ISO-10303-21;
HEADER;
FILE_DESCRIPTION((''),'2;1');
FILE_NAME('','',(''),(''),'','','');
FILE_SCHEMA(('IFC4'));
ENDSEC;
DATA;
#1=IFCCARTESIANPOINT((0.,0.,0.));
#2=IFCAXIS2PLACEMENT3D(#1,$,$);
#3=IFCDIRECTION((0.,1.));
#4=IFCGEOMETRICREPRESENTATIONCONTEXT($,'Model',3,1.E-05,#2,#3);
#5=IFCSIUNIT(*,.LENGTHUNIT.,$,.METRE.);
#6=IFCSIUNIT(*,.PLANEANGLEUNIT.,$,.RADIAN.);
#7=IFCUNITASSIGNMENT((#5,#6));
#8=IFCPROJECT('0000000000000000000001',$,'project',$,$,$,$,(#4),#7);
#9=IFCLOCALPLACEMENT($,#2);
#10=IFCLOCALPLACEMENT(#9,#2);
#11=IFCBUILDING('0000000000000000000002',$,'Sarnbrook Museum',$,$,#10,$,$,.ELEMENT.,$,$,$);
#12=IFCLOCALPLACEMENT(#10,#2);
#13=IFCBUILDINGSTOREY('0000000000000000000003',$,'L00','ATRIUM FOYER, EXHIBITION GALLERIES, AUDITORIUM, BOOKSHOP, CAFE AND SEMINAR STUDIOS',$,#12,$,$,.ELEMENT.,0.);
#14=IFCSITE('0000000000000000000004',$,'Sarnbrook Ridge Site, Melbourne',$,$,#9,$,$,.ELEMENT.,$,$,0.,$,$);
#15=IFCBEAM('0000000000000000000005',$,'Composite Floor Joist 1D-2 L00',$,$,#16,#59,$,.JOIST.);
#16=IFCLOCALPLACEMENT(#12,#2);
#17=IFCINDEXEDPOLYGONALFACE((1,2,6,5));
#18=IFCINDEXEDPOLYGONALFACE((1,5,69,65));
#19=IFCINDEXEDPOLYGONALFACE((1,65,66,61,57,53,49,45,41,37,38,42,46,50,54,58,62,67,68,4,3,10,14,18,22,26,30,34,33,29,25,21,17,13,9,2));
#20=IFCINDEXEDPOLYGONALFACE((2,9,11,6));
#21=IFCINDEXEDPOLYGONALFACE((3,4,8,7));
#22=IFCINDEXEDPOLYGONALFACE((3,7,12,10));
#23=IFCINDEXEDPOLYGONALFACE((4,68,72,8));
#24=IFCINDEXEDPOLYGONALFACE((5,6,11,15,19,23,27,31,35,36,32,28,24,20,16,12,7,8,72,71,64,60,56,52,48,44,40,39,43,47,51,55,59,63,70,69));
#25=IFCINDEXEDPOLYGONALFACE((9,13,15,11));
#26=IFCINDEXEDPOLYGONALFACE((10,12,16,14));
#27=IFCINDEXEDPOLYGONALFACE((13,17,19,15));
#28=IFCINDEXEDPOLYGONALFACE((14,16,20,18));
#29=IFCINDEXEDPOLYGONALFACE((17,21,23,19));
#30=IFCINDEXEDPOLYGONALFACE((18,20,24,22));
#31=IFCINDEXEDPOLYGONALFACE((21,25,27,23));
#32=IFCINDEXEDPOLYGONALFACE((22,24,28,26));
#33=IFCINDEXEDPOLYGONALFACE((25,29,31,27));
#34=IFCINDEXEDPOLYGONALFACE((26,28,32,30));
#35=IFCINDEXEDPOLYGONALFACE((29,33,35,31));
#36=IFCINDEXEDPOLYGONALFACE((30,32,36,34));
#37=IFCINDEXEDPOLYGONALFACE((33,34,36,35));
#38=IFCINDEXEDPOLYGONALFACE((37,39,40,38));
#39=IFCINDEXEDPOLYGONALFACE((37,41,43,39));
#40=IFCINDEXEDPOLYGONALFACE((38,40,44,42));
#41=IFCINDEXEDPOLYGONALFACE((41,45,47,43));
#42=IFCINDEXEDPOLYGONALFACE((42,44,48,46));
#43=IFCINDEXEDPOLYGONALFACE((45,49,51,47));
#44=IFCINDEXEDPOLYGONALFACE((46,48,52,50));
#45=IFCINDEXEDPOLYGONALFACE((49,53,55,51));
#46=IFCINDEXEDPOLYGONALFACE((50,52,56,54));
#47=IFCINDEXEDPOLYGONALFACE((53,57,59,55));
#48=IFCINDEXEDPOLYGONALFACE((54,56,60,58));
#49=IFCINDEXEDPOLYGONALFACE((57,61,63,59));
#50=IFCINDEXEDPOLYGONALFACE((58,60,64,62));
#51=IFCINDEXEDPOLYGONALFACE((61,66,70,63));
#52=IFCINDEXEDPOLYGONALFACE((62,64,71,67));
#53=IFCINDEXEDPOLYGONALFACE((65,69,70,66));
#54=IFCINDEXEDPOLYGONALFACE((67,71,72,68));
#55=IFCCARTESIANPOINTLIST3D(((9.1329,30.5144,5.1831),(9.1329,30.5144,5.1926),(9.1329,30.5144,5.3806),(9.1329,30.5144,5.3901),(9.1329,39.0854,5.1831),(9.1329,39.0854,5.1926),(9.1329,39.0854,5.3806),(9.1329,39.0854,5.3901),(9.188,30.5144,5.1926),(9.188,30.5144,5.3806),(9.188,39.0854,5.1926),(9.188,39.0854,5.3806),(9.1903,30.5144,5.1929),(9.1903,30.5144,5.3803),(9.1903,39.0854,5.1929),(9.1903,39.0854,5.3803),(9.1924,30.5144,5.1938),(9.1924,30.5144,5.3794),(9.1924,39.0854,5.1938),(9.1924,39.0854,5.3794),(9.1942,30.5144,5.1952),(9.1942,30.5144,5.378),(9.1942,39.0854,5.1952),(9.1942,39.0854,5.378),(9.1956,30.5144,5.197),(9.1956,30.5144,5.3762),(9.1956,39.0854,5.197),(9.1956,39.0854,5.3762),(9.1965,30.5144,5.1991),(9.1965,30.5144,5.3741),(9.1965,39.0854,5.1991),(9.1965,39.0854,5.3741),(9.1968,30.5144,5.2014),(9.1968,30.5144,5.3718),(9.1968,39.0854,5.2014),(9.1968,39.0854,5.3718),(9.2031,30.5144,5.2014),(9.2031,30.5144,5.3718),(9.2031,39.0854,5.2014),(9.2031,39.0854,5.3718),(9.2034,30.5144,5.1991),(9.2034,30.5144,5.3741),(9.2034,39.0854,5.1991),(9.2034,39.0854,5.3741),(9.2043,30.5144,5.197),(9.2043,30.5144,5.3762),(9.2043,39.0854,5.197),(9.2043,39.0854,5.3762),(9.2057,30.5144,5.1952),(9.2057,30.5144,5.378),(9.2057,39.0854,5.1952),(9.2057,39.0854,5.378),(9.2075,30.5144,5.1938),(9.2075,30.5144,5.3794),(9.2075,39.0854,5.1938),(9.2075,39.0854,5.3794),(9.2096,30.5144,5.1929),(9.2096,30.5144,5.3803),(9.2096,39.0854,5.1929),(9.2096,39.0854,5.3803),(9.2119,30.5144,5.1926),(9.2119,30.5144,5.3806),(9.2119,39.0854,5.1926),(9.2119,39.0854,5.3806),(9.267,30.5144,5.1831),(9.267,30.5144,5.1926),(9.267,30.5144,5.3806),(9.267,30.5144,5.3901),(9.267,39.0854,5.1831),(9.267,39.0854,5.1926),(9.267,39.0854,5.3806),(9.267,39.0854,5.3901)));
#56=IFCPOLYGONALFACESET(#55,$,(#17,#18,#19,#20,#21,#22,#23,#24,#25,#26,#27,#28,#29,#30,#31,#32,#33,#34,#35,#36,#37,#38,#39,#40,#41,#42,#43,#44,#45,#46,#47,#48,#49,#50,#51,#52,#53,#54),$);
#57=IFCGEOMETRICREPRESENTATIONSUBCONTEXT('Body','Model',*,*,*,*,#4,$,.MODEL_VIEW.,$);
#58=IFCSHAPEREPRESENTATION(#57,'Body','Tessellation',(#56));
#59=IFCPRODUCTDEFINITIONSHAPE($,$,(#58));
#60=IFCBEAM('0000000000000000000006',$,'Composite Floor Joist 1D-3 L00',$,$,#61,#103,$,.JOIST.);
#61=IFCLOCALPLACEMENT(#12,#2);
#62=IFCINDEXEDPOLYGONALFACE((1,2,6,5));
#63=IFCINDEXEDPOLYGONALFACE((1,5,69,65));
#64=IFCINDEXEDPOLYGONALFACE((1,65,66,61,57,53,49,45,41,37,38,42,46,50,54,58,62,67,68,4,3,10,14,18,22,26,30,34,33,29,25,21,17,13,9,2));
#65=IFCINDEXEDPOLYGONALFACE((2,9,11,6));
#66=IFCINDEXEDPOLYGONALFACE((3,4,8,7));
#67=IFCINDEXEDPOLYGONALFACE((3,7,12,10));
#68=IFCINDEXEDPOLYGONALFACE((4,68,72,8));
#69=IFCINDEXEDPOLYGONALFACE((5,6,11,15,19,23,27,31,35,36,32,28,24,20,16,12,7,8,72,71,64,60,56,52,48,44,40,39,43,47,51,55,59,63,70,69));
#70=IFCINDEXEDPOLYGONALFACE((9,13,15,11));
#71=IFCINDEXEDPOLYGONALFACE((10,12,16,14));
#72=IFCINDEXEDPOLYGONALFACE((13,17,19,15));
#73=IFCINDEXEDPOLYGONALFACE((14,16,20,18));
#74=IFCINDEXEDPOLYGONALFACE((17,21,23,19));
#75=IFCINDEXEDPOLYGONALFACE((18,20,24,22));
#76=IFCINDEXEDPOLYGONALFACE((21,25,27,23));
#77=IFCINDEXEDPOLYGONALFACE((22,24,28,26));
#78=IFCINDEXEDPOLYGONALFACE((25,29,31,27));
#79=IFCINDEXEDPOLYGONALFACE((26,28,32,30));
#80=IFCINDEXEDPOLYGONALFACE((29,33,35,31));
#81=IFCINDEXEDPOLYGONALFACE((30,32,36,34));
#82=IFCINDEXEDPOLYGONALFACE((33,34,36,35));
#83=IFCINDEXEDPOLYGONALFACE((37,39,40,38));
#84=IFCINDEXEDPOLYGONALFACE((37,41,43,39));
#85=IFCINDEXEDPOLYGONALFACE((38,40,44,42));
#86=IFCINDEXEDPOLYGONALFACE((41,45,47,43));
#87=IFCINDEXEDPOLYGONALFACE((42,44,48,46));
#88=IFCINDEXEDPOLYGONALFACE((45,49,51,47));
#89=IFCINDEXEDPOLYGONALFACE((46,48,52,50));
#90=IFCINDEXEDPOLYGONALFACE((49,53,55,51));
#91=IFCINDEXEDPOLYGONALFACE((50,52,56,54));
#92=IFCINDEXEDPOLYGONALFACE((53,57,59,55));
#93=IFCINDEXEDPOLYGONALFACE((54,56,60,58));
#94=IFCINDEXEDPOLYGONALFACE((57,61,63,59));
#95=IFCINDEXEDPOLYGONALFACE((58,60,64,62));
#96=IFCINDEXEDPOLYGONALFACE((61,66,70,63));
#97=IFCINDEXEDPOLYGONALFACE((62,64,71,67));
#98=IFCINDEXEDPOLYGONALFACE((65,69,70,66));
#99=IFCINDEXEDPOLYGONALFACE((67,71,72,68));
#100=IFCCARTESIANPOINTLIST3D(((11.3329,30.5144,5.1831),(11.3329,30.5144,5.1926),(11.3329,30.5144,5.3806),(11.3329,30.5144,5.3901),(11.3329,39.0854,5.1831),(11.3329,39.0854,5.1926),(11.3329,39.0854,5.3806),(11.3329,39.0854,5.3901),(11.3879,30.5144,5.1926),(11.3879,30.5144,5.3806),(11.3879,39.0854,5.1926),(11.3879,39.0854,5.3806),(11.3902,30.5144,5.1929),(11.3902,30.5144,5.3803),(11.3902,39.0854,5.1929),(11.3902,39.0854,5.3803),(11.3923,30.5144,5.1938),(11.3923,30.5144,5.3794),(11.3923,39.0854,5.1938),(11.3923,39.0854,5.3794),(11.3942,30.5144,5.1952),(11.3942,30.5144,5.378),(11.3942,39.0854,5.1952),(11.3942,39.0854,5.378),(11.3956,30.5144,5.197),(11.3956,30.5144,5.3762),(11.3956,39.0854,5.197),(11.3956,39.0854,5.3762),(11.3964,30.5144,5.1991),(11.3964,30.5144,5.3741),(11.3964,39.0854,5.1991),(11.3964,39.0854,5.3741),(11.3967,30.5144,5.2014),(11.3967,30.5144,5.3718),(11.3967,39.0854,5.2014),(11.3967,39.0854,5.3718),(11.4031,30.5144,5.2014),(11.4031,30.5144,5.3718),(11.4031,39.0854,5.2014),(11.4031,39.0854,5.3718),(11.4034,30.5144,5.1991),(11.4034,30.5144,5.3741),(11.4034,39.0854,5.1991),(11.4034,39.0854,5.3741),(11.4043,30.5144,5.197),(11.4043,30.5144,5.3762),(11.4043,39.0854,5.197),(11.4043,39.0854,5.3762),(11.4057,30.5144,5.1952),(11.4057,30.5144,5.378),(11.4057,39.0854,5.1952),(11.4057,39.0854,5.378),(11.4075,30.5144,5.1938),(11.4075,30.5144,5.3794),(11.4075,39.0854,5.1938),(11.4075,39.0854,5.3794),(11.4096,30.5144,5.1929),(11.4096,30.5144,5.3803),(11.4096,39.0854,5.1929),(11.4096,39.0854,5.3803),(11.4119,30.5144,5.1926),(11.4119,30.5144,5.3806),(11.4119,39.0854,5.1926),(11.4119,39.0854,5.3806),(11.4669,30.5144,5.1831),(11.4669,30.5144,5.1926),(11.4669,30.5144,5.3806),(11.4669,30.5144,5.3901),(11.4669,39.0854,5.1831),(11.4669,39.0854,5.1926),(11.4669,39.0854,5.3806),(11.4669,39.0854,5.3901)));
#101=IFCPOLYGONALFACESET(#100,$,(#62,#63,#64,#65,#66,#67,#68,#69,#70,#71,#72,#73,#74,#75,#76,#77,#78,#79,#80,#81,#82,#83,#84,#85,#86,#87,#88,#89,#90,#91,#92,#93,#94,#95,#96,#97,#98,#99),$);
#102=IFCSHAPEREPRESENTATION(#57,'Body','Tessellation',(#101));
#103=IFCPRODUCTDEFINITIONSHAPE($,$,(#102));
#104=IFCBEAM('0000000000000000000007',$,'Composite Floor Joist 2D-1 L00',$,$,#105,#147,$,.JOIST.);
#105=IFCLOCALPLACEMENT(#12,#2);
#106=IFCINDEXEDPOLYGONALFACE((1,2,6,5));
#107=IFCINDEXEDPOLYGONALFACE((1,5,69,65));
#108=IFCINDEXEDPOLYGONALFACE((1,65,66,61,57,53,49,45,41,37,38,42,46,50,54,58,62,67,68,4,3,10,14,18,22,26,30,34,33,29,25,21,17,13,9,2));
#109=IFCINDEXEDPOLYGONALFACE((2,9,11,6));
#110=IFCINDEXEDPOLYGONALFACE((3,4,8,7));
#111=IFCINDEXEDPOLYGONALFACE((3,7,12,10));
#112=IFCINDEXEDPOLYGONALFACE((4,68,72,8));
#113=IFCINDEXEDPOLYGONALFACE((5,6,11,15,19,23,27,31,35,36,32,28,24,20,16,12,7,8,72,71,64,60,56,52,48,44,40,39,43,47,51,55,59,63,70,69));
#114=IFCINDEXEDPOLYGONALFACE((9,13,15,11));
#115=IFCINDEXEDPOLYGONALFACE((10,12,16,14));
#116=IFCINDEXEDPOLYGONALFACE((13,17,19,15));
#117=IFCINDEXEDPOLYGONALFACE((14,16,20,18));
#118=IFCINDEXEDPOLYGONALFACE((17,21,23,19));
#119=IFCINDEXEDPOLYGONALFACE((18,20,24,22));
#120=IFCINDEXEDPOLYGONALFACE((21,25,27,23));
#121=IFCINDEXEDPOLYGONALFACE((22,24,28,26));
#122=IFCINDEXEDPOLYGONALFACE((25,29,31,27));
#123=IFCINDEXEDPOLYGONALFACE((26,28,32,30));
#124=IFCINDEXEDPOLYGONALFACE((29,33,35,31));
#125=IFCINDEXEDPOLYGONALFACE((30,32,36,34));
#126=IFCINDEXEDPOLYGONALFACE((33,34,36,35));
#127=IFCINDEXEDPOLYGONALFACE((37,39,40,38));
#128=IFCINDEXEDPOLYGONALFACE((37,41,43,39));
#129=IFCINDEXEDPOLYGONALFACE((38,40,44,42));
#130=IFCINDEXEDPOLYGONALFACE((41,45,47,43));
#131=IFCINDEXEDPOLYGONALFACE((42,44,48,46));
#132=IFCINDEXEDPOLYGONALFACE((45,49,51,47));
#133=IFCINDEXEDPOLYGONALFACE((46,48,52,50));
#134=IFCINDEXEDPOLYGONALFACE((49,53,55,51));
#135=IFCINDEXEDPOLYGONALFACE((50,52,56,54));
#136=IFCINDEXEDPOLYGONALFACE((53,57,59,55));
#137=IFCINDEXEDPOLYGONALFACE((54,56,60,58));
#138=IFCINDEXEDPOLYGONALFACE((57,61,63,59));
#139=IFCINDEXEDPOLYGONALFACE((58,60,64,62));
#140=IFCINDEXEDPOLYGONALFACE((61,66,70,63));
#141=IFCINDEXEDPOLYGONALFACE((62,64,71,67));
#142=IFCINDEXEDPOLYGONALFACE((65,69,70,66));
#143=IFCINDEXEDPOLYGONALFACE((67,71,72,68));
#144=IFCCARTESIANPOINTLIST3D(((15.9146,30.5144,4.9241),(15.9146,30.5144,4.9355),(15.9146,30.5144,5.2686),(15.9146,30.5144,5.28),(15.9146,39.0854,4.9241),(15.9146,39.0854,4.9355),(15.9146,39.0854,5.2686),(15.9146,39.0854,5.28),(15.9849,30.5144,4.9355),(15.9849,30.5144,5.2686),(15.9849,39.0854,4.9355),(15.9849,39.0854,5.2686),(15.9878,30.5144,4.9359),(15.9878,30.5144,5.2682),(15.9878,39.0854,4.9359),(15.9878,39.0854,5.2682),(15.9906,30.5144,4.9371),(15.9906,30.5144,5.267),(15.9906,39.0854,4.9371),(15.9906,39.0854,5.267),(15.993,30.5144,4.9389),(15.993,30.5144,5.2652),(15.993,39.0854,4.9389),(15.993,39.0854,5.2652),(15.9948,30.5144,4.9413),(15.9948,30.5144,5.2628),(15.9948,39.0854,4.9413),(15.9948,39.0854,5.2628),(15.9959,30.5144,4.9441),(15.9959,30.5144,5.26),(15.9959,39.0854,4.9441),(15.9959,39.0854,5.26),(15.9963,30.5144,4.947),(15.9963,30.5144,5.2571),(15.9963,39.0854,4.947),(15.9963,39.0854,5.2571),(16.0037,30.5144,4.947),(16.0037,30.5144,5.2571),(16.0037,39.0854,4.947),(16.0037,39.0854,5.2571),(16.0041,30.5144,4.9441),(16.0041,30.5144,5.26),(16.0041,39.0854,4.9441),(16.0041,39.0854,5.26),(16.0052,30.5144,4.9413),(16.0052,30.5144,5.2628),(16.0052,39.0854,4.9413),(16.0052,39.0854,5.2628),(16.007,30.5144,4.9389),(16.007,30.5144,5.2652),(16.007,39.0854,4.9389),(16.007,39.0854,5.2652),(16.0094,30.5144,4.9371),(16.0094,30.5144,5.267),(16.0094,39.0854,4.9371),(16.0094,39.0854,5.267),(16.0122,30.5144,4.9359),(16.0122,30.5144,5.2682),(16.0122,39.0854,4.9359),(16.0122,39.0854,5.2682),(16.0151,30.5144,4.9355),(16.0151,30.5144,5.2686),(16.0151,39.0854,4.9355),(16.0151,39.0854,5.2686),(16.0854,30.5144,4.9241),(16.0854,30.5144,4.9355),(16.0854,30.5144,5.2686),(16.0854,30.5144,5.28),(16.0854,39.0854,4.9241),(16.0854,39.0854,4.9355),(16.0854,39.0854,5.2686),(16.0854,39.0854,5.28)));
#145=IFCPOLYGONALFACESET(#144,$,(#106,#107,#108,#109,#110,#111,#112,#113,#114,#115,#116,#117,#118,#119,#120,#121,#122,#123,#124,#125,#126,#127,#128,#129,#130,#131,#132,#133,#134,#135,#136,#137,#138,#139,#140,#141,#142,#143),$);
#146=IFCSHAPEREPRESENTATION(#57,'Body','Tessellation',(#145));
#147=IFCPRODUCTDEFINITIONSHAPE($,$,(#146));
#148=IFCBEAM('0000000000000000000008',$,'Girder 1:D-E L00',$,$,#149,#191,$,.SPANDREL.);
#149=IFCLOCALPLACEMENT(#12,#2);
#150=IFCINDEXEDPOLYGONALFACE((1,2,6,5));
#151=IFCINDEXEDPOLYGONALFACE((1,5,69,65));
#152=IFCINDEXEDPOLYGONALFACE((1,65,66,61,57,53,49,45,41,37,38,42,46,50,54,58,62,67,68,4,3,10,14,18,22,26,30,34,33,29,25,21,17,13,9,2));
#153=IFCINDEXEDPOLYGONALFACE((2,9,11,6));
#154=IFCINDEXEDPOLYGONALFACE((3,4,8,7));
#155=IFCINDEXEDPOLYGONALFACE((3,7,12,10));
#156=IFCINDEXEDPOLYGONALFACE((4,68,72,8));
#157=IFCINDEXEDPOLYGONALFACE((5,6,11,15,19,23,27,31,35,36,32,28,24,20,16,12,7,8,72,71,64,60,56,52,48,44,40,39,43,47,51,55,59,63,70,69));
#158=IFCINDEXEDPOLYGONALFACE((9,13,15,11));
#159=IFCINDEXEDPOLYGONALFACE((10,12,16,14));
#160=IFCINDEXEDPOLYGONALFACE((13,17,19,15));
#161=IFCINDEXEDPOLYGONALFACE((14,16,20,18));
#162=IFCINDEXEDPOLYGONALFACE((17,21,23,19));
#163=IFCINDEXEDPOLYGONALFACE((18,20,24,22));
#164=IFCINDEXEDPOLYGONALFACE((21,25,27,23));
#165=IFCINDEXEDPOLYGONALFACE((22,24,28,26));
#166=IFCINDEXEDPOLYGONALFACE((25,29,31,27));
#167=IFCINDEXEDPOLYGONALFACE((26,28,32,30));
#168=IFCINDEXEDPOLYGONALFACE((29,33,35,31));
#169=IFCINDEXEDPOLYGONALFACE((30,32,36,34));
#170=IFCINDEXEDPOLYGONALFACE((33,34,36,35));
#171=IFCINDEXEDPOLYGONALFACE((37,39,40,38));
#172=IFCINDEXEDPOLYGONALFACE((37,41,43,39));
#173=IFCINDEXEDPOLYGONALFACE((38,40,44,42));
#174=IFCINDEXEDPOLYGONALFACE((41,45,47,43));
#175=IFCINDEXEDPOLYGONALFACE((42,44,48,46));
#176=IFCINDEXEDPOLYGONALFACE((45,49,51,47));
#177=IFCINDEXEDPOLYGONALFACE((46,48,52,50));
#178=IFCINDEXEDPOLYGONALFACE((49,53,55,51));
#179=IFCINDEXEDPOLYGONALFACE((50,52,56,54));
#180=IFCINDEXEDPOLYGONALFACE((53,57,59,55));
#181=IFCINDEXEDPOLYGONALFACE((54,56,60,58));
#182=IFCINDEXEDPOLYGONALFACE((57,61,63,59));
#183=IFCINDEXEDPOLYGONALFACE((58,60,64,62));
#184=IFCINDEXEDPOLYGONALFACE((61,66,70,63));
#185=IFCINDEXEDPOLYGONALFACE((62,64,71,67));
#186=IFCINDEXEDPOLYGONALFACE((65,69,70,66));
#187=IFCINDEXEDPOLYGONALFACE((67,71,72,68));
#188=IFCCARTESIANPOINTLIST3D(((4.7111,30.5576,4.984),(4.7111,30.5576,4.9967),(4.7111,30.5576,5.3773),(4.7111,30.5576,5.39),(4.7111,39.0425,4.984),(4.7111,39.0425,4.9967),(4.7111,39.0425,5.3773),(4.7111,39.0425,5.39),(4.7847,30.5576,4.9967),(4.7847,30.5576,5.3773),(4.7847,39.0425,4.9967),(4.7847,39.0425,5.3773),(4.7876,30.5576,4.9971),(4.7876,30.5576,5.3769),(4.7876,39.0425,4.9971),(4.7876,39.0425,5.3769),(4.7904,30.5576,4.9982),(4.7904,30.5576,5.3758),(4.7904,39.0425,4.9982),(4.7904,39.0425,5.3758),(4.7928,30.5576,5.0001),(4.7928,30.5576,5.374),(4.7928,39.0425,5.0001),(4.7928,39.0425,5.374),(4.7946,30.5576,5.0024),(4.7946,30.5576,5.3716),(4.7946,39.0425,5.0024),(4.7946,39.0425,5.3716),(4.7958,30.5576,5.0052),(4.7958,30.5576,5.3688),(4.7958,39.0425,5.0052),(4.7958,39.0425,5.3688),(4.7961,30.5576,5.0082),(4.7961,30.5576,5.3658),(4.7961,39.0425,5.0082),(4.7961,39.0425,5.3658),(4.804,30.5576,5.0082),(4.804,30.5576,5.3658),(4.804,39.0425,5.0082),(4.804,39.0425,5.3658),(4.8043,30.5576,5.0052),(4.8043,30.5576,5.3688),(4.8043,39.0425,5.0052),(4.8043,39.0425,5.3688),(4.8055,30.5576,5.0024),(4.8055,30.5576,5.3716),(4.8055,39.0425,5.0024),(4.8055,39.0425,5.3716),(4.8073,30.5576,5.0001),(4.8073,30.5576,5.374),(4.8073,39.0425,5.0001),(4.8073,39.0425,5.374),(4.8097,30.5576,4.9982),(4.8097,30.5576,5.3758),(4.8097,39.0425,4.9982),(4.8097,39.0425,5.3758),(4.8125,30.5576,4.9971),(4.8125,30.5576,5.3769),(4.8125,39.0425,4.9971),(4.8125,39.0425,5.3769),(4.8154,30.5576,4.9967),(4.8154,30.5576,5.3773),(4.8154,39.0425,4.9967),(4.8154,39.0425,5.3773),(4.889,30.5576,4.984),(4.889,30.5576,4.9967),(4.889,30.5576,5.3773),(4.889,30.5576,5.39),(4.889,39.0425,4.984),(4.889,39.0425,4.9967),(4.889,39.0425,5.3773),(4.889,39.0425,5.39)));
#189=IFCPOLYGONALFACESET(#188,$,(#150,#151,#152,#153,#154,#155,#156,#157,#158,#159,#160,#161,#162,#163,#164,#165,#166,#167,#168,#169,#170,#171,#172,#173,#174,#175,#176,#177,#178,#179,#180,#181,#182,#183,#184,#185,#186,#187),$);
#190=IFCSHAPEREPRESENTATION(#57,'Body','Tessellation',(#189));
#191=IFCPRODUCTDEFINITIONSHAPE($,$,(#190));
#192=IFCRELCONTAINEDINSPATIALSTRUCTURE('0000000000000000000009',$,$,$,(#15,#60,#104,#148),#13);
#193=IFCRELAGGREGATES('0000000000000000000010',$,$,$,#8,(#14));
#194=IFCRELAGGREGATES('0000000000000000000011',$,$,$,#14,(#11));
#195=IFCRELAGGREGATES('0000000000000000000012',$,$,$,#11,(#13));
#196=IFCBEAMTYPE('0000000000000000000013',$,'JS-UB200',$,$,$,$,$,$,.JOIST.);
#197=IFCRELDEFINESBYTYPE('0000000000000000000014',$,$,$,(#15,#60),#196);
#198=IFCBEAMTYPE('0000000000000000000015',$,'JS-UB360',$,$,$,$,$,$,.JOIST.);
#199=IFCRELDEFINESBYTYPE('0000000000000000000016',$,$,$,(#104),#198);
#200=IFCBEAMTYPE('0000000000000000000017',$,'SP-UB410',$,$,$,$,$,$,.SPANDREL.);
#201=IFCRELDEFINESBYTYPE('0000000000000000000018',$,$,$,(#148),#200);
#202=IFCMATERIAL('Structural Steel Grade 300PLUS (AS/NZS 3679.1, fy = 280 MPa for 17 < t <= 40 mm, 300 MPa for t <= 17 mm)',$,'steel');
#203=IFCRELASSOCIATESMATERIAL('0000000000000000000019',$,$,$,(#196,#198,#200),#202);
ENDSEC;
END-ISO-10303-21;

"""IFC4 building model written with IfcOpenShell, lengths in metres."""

from ifc_helpers import new_model, si_unit, direction, frame, origin, origin_2d, place, context, subcontext, project, spatial, i_section, extrude, material, material_profile, profile_set, type_object, element, save


model = new_model("IFC4")

# Units and contexts
model_context = context("Model", 3, precision=1e-05, world=origin(), true_north=direction((0.0, 1.0)))
body_context = subcontext(model_context, "Body", "Model", "MODEL_VIEW")
ifc_project = project(units=[si_unit("LENGTHUNIT", "METRE"), si_unit("PLANEANGLEUNIT", "RADIAN")], contexts=[model_context])

# Site, building, storey
site_placement = place(None, origin())
site = spatial("IfcSite", under=ifc_project, at=site_placement, Name="Sarnbrook Ridge Site, Melbourne", CompositionType="ELEMENT", RefElevation=0.0)
building_placement = place(site_placement, origin())
building = spatial("IfcBuilding", under=site, at=building_placement, Name="Sarnbrook Museum", CompositionType="ELEMENT")
storey_placement = place(building_placement, origin())
storey = spatial("IfcBuildingStorey", under=building, at=storey_placement, Name="L00", Description="ATRIUM FOYER, EXHIBITION GALLERIES, AUDITORIUM, BOOKSHOP, CAFE AND SEMINAR STUDIOS", CompositionType="ELEMENT", Elevation=0.0)

# Shared definitions
ifc_material_1 = material(Name="Structural Steel Grade 300PLUS (AS/NZS 3679.1, fy = 280 MPa for 17 < t <= 40 mm, 300 MPa for t <= 17 mm)", Category="steel")

# Beams
ifc_material_profile_1 = material_profile(ifc_material_1, i_section(OverallWidth=0.134, OverallDepth=0.207, WebThickness=0.0063, FlangeThickness=0.0095, FilletRadius=0.0088, at=origin_2d()), Name="200UB29.8")
ifc_profile_set_1 = profile_set([ifc_material_profile_1], Name="Structural Steel Grade 300PLUS (AS/NZS 3679.1, fy = 280 MPa for 17 < t <= 40 mm, 300 MPa for t <= 17 mm)")
beam_type_1 = type_object("IfcBeamType", Name="JS-UB200", PredefinedType="JOIST", material=ifc_profile_set_1)
for number, where, z_axis, x_axis, name in (
    (1, (9.2, 30.5144, 5.2866), (0.0, 1.0, 0.0), (-1.0, 0.0, 0.0), "Composite Floor Joist 1D-2 L00"),
    (2, (11.3999, 30.5144, 5.2866), (0.0, 1.0, 0.0), (-1.0, 0.0, 0.0), "Composite Floor Joist 1D-3 L00"),
):
    element("IfcBeam", number, at=place(storey_placement, frame(where, z_axis=z_axis, x_axis=x_axis)), inside=storey, type_object=beam_type_1, Name=name, PredefinedType="JOIST", context=body_context, shape_type="SweptSolid", body=[
        extrude(i_section(OverallWidth=0.134, OverallDepth=0.207, WebThickness=0.0063, FlangeThickness=0.0095, FilletRadius=0.0088, at=origin_2d()), origin(), (0.0, 0.0, 1.0), 8.571),
    ])
ifc_material_profile_2 = material_profile(ifc_material_1, i_section(OverallWidth=0.1709, OverallDepth=0.356, WebThickness=0.0073, FlangeThickness=0.0115, FilletRadius=0.0115, at=origin_2d()), Name="360UB50.7")
ifc_profile_set_2 = profile_set([ifc_material_profile_2], Name="Structural Steel Grade 300PLUS (AS/NZS 3679.1, fy = 280 MPa for 17 < t <= 40 mm, 300 MPa for t <= 17 mm)")
beam_type_2 = type_object("IfcBeamType", Name="JS-UB360", PredefinedType="JOIST", material=ifc_profile_set_2)
beam_1_placement = place(storey_placement, frame((16.0, 30.5144, 5.1021), z_axis=(0.0, 1.0, 0.0), x_axis=(-1.0, 0.0, 0.0)))
element("IfcBeam", 3, at=beam_1_placement, inside=storey, type_object=beam_type_2, Name="Composite Floor Joist 2D-1 L00", PredefinedType="JOIST", context=body_context, shape_type="SweptSolid", body=[
    extrude(i_section(OverallWidth=0.1709, OverallDepth=0.356, WebThickness=0.0073, FlangeThickness=0.0115, FilletRadius=0.0115, at=origin_2d()), origin(), (0.0, 0.0, 1.0), 8.571),
])
ifc_material_profile_3 = material_profile(ifc_material_1, i_section(OverallWidth=0.178, OverallDepth=0.406, WebThickness=0.0078, FlangeThickness=0.0127, FilletRadius=0.0115, at=origin_2d()), Name="410UB59.7")
ifc_profile_set_3 = profile_set([ifc_material_profile_3], Name="Structural Steel Grade 300PLUS (AS/NZS 3679.1, fy = 280 MPa for 17 < t <= 40 mm, 300 MPa for t <= 17 mm)")
beam_type_3 = type_object("IfcBeamType", Name="SP-UB410", PredefinedType="SPANDREL", material=ifc_profile_set_3)
beam_2_placement = place(storey_placement, frame((4.8, 30.5576, 5.187), z_axis=(0.0, 1.0, 0.0), x_axis=(-1.0, 0.0, 0.0)))
element("IfcBeam", 4, at=beam_2_placement, inside=storey, type_object=beam_type_3, Name="Girder 1:D-E L00", PredefinedType="SPANDREL", context=body_context, shape_type="SweptSolid", body=[
    extrude(i_section(OverallWidth=0.178, OverallDepth=0.406, WebThickness=0.0078, FlangeThickness=0.0127, FilletRadius=0.0115, at=origin_2d()), origin(), (0.0, 0.0, 1.0), 8.4849),
])

save(model, "model.ifc")
